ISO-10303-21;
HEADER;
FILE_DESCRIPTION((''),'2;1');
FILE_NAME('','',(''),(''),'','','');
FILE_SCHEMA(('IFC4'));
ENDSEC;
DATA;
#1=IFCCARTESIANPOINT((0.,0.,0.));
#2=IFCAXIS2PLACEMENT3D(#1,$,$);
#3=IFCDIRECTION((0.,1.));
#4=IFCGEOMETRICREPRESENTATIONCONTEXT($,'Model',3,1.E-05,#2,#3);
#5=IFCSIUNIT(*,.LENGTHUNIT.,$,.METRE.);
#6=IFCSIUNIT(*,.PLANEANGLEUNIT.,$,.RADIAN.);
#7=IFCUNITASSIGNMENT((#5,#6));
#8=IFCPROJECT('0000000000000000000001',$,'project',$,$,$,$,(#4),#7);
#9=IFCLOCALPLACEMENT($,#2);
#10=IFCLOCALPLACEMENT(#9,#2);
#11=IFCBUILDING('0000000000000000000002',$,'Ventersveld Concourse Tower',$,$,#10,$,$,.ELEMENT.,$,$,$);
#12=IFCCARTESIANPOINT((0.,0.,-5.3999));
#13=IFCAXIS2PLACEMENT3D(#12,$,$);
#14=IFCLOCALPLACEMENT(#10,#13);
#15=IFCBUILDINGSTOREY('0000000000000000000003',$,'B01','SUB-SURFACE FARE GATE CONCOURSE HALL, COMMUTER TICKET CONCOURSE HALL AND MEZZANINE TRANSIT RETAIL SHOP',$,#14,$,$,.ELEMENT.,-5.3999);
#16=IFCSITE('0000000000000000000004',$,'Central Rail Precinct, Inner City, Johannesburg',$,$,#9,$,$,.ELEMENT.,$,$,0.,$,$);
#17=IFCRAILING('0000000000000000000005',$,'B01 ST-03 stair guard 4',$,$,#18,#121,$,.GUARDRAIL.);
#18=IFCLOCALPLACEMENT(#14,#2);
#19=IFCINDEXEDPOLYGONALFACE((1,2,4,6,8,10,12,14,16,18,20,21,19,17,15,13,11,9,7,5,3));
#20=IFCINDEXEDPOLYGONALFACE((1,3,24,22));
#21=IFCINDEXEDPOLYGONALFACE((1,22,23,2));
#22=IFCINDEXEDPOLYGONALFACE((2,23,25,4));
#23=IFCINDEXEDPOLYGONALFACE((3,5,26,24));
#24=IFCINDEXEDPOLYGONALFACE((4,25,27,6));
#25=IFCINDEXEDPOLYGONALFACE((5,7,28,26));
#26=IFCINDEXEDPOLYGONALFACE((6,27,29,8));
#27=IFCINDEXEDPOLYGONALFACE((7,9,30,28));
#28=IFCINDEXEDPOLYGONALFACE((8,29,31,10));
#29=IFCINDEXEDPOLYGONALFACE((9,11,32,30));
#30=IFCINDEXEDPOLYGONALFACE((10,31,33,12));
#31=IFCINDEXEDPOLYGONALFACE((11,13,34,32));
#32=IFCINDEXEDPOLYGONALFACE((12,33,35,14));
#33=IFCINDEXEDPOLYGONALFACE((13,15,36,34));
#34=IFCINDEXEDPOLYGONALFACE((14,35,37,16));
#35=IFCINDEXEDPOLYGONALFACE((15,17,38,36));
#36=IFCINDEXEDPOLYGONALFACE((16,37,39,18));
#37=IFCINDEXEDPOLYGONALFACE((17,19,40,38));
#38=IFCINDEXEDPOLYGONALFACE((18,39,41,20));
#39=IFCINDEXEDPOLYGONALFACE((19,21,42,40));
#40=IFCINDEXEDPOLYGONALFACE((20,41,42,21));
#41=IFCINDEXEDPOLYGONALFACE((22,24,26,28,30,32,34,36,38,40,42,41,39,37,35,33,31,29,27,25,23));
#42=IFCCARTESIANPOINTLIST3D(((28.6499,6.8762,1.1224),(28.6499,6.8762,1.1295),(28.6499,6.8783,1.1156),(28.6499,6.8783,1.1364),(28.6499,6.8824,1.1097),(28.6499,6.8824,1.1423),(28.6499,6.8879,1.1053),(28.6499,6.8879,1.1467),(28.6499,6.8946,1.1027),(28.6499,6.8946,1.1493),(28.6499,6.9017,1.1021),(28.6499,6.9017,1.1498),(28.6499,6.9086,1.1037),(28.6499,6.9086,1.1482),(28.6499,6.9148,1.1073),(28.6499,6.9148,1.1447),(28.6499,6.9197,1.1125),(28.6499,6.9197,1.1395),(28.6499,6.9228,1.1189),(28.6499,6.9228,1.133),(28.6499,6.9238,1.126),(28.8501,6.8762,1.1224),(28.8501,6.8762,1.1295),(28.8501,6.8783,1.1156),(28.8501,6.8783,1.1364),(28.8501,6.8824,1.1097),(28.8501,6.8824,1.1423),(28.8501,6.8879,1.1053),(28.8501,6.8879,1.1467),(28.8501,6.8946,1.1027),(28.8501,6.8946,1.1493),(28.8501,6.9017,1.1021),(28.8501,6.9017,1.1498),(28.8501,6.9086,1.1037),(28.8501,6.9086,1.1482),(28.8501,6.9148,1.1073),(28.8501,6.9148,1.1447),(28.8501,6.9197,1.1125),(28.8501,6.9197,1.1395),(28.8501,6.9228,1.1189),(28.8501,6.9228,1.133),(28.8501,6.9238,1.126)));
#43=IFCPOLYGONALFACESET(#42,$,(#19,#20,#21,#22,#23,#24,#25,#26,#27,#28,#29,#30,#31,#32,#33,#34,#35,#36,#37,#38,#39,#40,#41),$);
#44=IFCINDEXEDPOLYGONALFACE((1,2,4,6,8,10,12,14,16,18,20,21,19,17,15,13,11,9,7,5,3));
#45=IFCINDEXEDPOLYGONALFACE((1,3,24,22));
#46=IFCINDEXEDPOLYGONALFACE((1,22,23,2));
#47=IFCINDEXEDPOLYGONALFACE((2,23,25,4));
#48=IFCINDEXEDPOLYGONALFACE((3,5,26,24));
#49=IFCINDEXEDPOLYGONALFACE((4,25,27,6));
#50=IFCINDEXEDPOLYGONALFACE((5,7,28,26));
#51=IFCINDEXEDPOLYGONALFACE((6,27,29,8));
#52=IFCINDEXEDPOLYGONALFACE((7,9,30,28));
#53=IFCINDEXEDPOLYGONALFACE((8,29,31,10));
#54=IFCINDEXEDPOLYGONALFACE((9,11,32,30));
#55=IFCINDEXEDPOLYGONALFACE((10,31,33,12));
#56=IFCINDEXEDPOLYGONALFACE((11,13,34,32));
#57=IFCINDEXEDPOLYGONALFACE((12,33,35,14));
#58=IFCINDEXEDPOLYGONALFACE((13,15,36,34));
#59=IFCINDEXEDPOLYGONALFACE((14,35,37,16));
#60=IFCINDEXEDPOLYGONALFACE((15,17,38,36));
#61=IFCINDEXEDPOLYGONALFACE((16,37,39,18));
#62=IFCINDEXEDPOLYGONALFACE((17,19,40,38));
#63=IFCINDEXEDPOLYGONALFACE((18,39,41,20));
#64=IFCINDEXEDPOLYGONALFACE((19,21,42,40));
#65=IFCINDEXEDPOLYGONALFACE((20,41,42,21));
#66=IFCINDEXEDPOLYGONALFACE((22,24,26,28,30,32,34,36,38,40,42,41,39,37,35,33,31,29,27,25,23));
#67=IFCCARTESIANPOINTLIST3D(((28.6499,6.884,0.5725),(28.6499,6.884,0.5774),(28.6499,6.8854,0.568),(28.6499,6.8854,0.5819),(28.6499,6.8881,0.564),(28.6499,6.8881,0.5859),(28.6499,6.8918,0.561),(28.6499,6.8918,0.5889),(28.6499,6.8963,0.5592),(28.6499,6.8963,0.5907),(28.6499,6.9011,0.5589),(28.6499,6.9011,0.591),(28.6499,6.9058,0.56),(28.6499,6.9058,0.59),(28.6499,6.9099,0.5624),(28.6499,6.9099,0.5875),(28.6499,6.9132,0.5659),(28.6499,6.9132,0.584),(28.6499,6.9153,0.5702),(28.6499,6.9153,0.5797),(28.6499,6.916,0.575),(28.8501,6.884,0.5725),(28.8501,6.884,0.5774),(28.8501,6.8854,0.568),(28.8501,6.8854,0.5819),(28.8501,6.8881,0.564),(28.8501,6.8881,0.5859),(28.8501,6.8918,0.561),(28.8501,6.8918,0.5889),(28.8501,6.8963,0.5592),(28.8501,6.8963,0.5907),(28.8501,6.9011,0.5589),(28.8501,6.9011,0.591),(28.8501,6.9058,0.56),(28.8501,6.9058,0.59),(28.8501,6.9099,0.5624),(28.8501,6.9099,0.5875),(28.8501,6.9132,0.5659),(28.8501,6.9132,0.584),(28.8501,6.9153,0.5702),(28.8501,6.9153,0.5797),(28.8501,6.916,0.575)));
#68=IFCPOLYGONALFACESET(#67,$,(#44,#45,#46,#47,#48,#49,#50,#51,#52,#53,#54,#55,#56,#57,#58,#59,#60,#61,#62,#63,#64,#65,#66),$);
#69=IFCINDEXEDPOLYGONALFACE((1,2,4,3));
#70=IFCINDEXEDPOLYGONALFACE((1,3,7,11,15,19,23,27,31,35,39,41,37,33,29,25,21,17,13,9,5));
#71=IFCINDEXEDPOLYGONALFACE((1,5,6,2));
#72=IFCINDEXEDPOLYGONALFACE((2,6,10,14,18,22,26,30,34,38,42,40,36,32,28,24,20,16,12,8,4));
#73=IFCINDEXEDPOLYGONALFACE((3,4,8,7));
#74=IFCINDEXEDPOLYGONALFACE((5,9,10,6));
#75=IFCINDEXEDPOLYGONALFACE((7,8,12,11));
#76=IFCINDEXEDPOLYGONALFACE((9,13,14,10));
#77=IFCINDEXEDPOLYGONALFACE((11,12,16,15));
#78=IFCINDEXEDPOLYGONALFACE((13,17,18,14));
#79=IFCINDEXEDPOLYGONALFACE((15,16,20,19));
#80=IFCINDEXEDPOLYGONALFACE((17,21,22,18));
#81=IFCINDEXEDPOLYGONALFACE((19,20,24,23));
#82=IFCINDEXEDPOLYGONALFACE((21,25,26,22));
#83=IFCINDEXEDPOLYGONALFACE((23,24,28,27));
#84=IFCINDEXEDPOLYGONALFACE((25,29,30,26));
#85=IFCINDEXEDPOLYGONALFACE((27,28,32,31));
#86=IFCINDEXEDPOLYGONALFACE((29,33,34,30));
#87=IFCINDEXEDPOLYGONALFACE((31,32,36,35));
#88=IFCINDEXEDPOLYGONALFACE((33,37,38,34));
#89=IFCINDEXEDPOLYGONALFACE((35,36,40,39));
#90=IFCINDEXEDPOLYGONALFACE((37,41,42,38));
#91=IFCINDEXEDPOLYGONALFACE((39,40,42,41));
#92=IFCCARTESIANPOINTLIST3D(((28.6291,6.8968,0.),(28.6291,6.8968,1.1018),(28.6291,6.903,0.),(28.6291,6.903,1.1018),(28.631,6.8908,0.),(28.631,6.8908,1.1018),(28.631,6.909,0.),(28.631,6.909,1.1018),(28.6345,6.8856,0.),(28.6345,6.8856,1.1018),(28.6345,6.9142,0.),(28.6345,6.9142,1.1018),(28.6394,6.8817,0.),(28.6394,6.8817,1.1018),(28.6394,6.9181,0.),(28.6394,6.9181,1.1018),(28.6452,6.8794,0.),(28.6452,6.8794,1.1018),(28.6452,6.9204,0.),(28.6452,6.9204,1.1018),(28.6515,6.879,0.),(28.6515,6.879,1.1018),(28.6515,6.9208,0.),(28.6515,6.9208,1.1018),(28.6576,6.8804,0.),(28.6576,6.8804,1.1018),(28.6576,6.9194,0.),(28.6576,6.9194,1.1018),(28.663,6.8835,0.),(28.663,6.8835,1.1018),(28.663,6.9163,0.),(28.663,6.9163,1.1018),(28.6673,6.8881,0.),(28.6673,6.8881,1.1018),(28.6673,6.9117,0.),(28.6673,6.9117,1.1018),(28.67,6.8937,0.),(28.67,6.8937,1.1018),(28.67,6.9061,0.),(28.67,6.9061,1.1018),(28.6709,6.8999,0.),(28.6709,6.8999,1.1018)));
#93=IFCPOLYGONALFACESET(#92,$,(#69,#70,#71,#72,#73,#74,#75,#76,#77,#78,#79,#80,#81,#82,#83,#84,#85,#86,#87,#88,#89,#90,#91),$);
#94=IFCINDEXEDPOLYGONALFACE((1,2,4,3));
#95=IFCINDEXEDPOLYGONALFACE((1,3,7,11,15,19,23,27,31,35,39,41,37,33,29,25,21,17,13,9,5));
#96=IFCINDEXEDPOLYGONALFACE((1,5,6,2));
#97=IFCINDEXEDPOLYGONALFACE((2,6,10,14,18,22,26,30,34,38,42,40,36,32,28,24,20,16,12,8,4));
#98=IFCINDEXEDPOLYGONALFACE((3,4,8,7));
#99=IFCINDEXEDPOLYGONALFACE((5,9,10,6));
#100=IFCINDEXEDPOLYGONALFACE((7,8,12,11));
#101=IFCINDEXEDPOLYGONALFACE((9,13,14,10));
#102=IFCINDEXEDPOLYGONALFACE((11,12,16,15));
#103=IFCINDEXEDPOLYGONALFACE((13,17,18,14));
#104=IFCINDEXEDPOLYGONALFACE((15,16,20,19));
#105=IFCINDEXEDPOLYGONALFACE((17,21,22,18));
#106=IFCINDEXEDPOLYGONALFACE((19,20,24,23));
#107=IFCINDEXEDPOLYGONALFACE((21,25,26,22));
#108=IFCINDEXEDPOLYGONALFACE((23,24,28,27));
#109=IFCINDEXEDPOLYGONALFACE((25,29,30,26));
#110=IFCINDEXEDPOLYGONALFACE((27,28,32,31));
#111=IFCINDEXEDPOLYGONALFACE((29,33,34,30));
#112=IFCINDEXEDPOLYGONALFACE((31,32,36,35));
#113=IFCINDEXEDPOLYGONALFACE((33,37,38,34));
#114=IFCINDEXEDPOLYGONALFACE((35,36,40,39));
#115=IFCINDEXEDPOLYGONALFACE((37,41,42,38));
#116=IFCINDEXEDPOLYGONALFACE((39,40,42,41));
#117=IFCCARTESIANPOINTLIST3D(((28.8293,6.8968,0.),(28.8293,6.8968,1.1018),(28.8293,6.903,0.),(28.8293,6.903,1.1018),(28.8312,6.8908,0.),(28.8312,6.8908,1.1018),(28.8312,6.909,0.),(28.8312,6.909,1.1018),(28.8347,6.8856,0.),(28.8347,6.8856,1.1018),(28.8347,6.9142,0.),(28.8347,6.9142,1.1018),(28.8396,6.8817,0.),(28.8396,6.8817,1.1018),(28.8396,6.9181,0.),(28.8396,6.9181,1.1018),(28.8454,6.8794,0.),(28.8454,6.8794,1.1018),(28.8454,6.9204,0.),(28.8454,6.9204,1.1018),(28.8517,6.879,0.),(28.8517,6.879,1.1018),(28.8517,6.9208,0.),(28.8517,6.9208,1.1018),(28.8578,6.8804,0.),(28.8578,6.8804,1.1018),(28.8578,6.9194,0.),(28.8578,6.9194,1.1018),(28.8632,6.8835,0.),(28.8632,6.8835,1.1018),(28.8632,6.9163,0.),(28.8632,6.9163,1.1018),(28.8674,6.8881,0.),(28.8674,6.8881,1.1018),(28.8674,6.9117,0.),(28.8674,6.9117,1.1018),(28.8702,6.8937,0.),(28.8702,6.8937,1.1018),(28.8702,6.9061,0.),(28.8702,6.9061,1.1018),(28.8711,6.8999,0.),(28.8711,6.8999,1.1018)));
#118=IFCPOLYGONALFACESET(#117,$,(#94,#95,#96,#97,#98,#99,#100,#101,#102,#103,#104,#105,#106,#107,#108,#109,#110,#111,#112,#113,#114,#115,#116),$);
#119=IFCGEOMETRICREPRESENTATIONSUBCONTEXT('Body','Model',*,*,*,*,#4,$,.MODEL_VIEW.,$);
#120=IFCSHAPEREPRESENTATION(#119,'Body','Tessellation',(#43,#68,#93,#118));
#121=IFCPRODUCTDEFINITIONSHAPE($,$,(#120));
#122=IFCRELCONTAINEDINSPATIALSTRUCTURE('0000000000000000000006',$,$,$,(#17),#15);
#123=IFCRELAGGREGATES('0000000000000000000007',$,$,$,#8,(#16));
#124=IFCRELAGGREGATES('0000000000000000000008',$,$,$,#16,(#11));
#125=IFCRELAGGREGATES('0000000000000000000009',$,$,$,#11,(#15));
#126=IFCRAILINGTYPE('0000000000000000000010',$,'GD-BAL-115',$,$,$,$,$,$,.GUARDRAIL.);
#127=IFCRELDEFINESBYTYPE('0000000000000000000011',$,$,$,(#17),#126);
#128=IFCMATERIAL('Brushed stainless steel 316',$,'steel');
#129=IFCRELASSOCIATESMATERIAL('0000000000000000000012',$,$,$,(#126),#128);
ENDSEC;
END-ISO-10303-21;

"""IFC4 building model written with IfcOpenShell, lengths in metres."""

from ifc_helpers import new_model, si_unit, direction, frame, origin, origin_2d, place, context, subcontext, project, spatial, circle, extrude, material, type_object, element, save


model = new_model("IFC4")

# Units and contexts
model_context = context("Model", 3, precision=1e-05, world=origin(), true_north=direction((0.0, 1.0)))
body_context = subcontext(model_context, "Body", "Model", "MODEL_VIEW")
ifc_project = project(units=[si_unit("LENGTHUNIT", "METRE"), si_unit("PLANEANGLEUNIT", "RADIAN")], contexts=[model_context])

# Site, building, storey
site_placement = place(None, origin())
site = spatial("IfcSite", under=ifc_project, at=site_placement, Name="Central Rail Precinct, Inner City, Johannesburg", CompositionType="ELEMENT", RefElevation=0.0)
building_placement = place(site_placement, origin())
building = spatial("IfcBuilding", under=site, at=building_placement, Name="Ventersveld Concourse Tower", CompositionType="ELEMENT")
storey_placement = place(building_placement, frame((0.0, 0.0, -5.3999)))
storey = spatial("IfcBuildingStorey", under=building, at=storey_placement, Name="B01", Description="SUB-SURFACE FARE GATE CONCOURSE HALL, COMMUTER TICKET CONCOURSE HALL AND MEZZANINE TRANSIT RETAIL SHOP", CompositionType="ELEMENT", Elevation=-5.3999)

# Shared definitions
ifc_material_1 = material(Name="Brushed stainless steel 316", Category="steel")

# Railing
railing_type_1 = type_object("IfcRailingType", Name="GD-BAL-115", PredefinedType="GUARDRAIL", material=ifc_material_1)
for number, where, name in (
    (1, (28.6499, 6.8999, 0.0), "B01 ST-03 stair guard 4"),
):
    element("IfcRailing", number, at=place(storey_placement, frame(where)), inside=storey, type_object=railing_type_1, Name=name, PredefinedType="GUARDRAIL", context=body_context, shape_type="SweptSolid", body=[
        extrude(circle(Radius=0.0239, at=origin_2d()), frame((0.0, 0.0, 1.126), z_axis=(1.0, 0.0, 0.0), x_axis=(0.0, 1.0, 0.0)), (0.0, 0.0, 1.0), 0.2002),
        extrude(circle(Radius=0.0161, at=origin_2d()), frame((0.0, 0.0, 0.575), z_axis=(1.0, 0.0, 0.0), x_axis=(0.0, 1.0, 0.0)), (0.0, 0.0, 1.0), 0.2002),
        extrude(circle(Radius=0.021, at=origin_2d()), origin(), (0.0, 0.0, 1.0), 1.1018),
        extrude(circle(Radius=0.021, at=origin_2d()), frame((0.2002, 0.0, 0.0)), (0.0, 0.0, 1.0), 1.1018),
    ])

save(model, "model.ifc")
